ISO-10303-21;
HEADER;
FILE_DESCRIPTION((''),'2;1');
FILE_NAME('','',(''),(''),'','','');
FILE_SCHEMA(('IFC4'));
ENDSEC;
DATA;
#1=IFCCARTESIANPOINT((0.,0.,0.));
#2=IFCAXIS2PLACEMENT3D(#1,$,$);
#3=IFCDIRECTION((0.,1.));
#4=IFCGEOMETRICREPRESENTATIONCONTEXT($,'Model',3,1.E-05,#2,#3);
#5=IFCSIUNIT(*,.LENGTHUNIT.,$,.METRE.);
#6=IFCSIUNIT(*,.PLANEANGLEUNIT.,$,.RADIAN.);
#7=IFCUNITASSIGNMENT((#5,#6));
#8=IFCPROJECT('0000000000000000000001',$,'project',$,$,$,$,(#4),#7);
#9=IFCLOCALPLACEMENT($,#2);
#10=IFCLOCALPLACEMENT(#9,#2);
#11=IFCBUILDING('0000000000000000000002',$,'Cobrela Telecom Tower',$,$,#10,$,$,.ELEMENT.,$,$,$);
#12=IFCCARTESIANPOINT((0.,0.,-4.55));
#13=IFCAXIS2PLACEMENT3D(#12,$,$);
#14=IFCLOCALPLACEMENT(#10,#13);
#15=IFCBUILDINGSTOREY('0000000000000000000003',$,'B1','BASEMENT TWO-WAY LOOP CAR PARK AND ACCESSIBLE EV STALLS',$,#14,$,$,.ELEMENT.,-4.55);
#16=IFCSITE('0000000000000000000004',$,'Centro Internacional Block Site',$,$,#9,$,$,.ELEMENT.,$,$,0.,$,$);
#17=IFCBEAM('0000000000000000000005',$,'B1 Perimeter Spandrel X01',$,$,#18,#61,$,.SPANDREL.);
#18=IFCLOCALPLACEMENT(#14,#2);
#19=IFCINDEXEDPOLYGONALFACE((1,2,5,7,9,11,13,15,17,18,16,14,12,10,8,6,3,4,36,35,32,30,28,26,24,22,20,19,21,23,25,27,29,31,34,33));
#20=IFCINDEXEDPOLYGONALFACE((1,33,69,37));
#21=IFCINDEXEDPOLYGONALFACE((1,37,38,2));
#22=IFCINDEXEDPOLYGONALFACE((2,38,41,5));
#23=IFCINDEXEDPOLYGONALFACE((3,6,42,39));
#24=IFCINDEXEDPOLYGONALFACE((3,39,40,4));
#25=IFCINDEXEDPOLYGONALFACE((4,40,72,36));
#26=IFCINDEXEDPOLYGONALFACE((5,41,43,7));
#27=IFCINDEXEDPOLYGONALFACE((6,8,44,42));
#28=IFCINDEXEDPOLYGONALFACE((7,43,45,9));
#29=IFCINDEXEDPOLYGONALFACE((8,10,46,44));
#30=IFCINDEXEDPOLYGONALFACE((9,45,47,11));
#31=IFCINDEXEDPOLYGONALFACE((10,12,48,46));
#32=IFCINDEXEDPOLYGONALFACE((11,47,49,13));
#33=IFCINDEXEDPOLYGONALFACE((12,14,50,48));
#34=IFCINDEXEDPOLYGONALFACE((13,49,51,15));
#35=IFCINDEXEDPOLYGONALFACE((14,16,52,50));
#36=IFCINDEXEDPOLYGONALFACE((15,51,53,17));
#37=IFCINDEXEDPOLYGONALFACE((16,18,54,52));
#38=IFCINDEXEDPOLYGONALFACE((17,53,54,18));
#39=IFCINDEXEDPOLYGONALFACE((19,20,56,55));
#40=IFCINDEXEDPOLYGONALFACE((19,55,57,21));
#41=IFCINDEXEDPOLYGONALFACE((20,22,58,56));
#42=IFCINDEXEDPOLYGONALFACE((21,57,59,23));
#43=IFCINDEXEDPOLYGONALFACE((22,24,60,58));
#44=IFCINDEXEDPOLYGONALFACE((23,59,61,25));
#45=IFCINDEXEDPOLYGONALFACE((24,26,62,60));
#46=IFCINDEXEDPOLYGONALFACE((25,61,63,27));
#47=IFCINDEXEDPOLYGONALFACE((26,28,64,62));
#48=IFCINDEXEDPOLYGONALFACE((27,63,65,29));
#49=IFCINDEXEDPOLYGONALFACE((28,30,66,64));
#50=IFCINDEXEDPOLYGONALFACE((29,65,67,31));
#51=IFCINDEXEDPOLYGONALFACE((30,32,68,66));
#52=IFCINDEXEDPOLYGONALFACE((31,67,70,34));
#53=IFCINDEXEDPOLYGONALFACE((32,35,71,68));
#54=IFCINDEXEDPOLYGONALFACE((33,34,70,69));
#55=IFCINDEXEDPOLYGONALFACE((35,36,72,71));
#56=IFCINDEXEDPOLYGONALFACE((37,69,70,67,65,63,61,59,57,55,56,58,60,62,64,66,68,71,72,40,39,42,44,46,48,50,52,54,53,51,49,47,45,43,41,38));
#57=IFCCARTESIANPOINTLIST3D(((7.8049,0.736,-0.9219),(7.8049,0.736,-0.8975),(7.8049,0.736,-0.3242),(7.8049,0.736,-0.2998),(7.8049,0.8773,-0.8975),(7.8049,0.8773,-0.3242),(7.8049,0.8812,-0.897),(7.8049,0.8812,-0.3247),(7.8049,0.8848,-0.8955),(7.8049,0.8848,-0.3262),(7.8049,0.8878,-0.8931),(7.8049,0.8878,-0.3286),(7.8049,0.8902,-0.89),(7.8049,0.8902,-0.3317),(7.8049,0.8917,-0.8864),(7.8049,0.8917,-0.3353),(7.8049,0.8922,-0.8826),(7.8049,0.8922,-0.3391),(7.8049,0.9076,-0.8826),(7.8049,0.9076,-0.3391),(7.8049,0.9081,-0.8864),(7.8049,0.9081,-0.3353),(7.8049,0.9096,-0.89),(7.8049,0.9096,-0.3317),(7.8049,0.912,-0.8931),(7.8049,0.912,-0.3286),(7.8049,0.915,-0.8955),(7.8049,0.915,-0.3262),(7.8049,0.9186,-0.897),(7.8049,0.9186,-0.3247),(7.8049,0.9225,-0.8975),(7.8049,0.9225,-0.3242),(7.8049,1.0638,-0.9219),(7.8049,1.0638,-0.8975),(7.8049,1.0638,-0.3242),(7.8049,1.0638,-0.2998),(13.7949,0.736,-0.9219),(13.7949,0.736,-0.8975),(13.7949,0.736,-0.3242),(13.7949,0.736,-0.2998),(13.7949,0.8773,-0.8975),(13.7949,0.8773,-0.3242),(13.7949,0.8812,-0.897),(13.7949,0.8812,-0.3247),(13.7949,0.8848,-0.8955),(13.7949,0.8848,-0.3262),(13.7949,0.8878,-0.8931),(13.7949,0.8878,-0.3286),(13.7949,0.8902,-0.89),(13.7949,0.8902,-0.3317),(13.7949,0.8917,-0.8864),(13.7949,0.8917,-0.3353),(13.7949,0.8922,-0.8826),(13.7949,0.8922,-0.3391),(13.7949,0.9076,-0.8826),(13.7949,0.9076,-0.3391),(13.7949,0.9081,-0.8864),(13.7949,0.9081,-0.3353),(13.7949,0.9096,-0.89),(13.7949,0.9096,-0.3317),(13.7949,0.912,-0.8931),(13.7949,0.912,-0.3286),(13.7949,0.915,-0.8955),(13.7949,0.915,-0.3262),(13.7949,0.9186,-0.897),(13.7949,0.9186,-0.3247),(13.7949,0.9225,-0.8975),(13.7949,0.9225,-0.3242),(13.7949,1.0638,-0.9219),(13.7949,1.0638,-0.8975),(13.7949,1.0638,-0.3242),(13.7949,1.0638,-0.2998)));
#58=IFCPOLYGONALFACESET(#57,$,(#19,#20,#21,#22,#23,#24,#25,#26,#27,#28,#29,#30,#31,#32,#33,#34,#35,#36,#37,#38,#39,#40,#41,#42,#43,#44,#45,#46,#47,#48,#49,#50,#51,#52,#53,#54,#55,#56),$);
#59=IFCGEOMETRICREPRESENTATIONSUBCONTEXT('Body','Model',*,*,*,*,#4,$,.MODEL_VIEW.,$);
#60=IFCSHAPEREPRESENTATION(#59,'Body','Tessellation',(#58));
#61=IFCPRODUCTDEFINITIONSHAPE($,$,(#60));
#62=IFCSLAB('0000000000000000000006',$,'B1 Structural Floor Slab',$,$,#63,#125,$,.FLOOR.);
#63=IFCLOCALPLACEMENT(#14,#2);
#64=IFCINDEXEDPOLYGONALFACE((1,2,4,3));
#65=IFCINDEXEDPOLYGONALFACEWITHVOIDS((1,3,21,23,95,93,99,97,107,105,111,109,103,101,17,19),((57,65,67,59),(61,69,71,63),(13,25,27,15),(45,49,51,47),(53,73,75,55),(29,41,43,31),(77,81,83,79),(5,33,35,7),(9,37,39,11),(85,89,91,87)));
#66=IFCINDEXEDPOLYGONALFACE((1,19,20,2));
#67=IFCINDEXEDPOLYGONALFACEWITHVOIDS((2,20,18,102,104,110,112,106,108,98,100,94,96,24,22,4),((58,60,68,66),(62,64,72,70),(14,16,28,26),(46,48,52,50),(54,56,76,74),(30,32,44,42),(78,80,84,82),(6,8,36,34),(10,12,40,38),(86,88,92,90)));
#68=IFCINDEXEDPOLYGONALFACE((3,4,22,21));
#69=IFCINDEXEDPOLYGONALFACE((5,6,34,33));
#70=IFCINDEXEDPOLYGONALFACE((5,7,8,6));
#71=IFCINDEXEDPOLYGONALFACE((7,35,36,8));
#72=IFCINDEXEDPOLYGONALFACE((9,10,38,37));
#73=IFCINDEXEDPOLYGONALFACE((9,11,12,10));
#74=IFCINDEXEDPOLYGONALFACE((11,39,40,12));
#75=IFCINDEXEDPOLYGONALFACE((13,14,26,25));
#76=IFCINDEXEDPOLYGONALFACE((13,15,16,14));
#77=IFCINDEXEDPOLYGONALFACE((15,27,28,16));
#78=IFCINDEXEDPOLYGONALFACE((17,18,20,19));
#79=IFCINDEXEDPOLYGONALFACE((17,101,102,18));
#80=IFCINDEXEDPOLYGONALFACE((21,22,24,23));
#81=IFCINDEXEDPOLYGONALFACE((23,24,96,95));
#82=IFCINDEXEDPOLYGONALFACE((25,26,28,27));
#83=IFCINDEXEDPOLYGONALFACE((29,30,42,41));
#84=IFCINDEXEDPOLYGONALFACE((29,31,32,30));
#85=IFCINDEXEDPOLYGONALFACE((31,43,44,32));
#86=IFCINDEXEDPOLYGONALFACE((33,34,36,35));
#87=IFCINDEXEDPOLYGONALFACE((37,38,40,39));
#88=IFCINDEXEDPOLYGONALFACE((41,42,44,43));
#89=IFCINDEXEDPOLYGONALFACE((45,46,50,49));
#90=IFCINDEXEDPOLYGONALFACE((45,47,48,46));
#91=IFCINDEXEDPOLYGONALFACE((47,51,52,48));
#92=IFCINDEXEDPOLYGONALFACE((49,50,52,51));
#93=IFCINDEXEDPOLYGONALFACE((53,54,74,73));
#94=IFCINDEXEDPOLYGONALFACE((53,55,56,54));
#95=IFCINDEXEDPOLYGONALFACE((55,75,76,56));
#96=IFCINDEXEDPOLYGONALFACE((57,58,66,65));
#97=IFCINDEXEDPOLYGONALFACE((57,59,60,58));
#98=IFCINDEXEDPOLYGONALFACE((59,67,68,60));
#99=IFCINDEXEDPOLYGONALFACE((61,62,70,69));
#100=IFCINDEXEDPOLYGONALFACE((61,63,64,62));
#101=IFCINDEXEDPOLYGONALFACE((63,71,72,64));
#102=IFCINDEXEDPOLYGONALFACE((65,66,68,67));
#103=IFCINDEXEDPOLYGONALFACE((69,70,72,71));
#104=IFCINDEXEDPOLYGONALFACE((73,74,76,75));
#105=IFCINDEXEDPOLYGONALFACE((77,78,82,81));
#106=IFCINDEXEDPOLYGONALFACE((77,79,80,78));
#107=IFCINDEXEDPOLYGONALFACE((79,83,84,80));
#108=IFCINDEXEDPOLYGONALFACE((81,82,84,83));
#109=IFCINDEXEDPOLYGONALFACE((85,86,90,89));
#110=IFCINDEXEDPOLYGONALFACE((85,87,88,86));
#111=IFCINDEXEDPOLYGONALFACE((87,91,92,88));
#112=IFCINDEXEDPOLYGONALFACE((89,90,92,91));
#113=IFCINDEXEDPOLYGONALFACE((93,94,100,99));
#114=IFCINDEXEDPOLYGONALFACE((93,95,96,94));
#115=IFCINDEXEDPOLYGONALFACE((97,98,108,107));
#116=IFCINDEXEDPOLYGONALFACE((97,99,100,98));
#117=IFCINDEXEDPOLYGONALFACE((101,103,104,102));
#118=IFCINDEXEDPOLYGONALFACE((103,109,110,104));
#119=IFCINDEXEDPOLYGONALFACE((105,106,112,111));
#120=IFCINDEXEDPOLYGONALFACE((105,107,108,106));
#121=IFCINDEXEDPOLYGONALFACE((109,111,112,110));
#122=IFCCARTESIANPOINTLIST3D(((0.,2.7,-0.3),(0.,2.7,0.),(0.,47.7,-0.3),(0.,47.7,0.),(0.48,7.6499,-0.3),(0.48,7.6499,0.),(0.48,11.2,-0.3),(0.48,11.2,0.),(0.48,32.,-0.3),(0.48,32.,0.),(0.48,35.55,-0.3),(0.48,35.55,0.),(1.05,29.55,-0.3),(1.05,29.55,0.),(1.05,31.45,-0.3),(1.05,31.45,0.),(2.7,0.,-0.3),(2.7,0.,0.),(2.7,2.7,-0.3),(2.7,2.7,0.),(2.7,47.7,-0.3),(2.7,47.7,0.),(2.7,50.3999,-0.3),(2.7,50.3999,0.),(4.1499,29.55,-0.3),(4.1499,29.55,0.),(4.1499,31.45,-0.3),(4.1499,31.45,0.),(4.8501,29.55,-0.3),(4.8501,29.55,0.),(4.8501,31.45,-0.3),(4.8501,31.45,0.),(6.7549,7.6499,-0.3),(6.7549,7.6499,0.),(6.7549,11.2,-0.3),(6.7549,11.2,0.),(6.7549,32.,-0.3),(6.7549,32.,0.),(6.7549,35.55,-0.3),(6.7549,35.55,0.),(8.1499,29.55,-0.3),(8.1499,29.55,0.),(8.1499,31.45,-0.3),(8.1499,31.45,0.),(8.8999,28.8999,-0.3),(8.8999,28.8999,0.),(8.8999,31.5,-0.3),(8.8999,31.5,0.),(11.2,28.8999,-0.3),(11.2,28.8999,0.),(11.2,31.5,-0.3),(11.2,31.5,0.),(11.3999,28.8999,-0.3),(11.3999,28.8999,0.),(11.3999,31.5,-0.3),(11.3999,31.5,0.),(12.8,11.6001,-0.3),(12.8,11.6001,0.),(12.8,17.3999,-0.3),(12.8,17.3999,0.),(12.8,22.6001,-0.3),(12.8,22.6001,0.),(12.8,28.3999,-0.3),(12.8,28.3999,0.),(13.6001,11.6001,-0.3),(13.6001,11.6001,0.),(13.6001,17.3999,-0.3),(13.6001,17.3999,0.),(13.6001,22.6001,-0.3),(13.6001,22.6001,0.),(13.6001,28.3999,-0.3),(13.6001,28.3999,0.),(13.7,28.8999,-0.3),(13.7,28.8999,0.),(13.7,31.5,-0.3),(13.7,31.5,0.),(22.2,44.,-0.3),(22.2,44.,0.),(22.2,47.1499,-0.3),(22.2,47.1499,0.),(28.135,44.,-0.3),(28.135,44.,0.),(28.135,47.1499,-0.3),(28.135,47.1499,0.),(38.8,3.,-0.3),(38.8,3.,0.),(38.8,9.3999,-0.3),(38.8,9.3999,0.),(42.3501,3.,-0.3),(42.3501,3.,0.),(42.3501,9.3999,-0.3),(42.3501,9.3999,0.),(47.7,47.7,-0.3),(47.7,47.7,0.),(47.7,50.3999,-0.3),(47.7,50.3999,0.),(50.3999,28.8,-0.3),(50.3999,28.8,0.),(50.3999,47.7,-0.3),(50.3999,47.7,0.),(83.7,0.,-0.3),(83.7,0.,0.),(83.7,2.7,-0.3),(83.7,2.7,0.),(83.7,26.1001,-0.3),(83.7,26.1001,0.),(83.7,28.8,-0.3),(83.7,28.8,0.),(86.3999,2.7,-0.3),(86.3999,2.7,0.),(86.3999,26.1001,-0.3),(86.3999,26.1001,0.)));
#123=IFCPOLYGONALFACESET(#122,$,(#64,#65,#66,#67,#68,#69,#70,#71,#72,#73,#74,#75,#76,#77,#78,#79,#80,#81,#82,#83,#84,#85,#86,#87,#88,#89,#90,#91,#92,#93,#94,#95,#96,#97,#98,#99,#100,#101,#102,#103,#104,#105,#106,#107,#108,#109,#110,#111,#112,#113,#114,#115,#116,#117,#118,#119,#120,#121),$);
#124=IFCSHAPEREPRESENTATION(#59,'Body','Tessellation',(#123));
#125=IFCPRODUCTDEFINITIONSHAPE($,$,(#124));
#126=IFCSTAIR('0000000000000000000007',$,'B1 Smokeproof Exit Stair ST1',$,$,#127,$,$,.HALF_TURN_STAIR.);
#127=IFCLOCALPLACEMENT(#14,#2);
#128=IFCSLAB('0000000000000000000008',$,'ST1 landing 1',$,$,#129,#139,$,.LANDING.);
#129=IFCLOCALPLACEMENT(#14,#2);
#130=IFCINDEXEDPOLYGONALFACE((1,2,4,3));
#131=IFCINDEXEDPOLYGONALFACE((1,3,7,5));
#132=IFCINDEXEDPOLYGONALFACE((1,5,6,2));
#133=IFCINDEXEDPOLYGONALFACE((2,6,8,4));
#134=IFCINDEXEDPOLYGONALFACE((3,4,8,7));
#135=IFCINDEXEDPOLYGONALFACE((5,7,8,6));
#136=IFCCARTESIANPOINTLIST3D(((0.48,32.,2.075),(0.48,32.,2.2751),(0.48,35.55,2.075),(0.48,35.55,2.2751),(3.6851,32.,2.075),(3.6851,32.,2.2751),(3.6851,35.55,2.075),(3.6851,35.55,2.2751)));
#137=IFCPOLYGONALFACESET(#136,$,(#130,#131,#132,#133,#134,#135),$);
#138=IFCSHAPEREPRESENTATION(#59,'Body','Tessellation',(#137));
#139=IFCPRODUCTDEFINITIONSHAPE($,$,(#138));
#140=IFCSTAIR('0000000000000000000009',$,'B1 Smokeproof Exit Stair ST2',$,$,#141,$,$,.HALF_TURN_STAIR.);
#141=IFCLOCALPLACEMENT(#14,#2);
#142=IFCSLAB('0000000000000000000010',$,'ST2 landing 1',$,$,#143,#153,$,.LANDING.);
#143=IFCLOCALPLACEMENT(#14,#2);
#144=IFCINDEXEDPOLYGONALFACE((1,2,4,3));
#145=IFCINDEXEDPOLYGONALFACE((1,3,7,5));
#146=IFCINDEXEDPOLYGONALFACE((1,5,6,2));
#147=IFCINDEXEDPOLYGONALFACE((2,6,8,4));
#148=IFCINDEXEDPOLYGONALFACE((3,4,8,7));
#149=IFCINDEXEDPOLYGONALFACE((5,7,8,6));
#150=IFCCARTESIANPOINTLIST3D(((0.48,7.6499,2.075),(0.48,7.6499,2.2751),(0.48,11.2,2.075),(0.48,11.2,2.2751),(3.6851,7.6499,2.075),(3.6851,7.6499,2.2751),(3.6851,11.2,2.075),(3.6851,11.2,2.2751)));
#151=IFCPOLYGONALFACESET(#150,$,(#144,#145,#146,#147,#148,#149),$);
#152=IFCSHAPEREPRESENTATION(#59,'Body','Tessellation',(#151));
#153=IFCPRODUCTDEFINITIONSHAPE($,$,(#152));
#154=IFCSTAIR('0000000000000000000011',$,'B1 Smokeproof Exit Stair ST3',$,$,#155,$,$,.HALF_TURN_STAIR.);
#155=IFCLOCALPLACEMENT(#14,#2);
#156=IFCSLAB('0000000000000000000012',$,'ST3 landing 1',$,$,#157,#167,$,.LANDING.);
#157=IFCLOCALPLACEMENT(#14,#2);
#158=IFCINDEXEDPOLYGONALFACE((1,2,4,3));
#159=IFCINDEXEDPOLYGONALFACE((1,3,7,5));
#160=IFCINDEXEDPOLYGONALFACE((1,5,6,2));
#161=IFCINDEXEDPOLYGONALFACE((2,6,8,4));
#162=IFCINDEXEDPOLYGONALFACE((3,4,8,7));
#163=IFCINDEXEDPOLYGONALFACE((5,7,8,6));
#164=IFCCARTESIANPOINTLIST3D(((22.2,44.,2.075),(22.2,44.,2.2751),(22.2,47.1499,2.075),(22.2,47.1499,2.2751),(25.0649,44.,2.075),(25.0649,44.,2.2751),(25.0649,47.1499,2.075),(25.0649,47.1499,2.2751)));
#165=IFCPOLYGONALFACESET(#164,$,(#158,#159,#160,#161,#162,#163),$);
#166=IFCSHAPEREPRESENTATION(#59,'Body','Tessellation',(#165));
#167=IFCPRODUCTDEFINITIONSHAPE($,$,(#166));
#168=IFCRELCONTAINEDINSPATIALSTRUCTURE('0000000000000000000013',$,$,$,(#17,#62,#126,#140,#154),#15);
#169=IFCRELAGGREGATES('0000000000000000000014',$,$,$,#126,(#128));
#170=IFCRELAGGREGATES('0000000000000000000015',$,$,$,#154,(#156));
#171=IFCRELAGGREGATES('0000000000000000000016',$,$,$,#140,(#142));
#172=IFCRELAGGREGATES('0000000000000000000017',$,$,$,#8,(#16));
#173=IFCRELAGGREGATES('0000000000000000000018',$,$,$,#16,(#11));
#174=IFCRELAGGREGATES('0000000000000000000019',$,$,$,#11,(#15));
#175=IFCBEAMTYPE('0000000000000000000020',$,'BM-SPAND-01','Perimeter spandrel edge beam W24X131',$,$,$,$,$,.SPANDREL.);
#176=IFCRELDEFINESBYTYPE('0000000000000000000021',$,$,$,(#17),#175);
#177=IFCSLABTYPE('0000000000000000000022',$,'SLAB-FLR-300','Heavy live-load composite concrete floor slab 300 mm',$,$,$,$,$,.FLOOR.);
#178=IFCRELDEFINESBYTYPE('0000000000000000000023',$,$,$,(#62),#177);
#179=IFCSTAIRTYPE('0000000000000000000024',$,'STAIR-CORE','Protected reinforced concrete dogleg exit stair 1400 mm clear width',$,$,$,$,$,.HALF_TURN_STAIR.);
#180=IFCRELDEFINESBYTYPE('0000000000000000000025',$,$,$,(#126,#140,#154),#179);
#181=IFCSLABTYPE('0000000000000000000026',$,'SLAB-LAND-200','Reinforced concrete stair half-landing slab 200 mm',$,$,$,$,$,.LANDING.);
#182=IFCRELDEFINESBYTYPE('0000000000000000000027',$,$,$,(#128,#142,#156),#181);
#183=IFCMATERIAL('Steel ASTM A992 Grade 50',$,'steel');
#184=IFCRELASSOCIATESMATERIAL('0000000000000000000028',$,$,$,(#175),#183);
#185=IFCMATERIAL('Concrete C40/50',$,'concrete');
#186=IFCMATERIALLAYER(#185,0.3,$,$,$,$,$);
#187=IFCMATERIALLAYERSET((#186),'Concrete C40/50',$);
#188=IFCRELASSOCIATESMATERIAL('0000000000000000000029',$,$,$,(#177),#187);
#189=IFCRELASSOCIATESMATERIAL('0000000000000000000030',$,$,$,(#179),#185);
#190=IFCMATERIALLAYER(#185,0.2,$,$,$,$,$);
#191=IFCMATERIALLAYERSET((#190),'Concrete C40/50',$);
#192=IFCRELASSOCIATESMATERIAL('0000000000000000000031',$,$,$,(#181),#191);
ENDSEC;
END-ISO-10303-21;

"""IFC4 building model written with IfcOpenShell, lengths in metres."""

from ifc_helpers import new_model, si_unit, direction, frame, origin, origin_2d, place, context, subcontext, project, spatial, polyline, i_section, outline, extrude, material, layer, layer_set, material_profile, profile_set, type_object, element, aggregate, save


model = new_model("IFC4")

# Units and contexts
model_context = context("Model", 3, precision=1e-05, world=origin(), true_north=direction((0.0, 1.0)))
body_context = subcontext(model_context, "Body", "Model", "MODEL_VIEW")
ifc_project = project(units=[si_unit("LENGTHUNIT", "METRE"), si_unit("PLANEANGLEUNIT", "RADIAN")], contexts=[model_context])

# Site, building, storey
site_placement = place(None, origin())
site = spatial("IfcSite", under=ifc_project, at=site_placement, Name="Centro Internacional Block Site", CompositionType="ELEMENT", RefElevation=0.0)
building_placement = place(site_placement, origin())
building = spatial("IfcBuilding", under=site, at=building_placement, Name="Cobrela Telecom Tower", CompositionType="ELEMENT")
storey_placement = place(building_placement, frame((0.0, 0.0, -4.55)))
storey = spatial("IfcBuildingStorey", under=building, at=storey_placement, Name="B1", Description="BASEMENT TWO-WAY LOOP CAR PARK AND ACCESSIBLE EV STALLS", CompositionType="ELEMENT", Elevation=-4.55)

# Beam
ifc_material_1 = material(Name="Steel ASTM A992 Grade 50", Category="steel")
ifc_material_profile_1 = material_profile(ifc_material_1, i_section(OverallWidth=0.3279, OverallDepth=0.6221, WebThickness=0.0154, FlangeThickness=0.0244, FilletRadius=0.0149, at=origin_2d()), Name="W24X131")
ifc_profile_set_1 = profile_set([ifc_material_profile_1], Name="Steel ASTM A992 Grade 50")
beam_type_1 = type_object("IfcBeamType", Name="BM-SPAND-01", Description="Perimeter spandrel edge beam W24X131", PredefinedType="SPANDREL", material=ifc_profile_set_1)
beam_1_placement = place(storey_placement, frame((7.8049, 0.8999, -0.6108), z_axis=(1.0, 0.0, 0.0), x_axis=(0.0, 1.0, 0.0)))
element("IfcBeam", 1, at=beam_1_placement, inside=storey, type_object=beam_type_1, Name="B1 Perimeter Spandrel X01", PredefinedType="SPANDREL", context=body_context, shape_type="SweptSolid", body=[
    extrude(i_section(OverallWidth=0.3279, OverallDepth=0.6221, WebThickness=0.0154, FlangeThickness=0.0244, FilletRadius=0.0149, at=origin_2d()), origin(), (0.0, 0.0, 1.0), 5.99),
])

# Slab, openings
ifc_material_2 = material(Name="Concrete C40/50", Category="concrete")
ifc_layer_1 = layer(ifc_material_2, 0.3)
ifc_layer_set_1 = layer_set([ifc_layer_1], Name="Concrete C40/50")
slab_type_1 = type_object("IfcSlabType", Name="SLAB-FLR-300", Description="Heavy live-load composite concrete floor slab 300 mm", PredefinedType="FLOOR", material=ifc_layer_set_1)
slab_1_placement = place(storey_placement, frame((0.0, 0.0, -0.3)))
slab_1 = element("IfcSlab", 2, at=slab_1_placement, inside=storey, type_object=slab_type_1, Name="B1 Structural Floor Slab", PredefinedType="FLOOR", context=body_context, shape_type="SweptSolid", body=[
    extrude(outline(polyline([(2.7, 0.0), (83.7, 0.0), (83.7, 2.7), (86.3999, 2.7), (86.3999, 26.1001), (83.7, 26.1001), (83.7, 28.8), (50.3999, 28.8), (50.3999, 47.7), (47.7, 47.7), (47.7, 50.3999), (2.7, 50.3999), (2.7, 47.7), (0.0, 47.7), (0.0, 2.7), (2.7, 2.7), (2.7, 0.0)])), origin(), (0.0, 0.0, 1.0), 0.3),
])
opening_1_placement = place(slab_1_placement, frame((0.0, 0.0, -0.02)))
element("IfcOpeningElement", 3, at=opening_1_placement, cuts=slab_1, PredefinedType="OPENING", context=body_context, shape_type="SweptSolid", body=[
    extrude(outline(polyline([(8.8999, 28.8999), (11.2, 28.8999), (11.2, 31.5), (8.8999, 31.5), (8.8999, 28.8999)])), origin(), (0.0, 0.0, 1.0), 0.3401),
])
opening_2_placement = place(slab_1_placement, frame((0.0, 0.0, -0.02)))
element("IfcOpeningElement", 4, at=opening_2_placement, cuts=slab_1, PredefinedType="OPENING", context=body_context, shape_type="SweptSolid", body=[
    extrude(outline(polyline([(11.3999, 28.8999), (13.7, 28.8999), (13.7, 31.5), (11.3999, 31.5), (11.3999, 28.8999)])), origin(), (0.0, 0.0, 1.0), 0.3401),
])
opening_3_placement = place(slab_1_placement, frame((0.0, 0.0, -0.02)))
element("IfcOpeningElement", 5, at=opening_3_placement, cuts=slab_1, PredefinedType="OPENING", context=body_context, shape_type="SweptSolid", body=[
    extrude(outline(polyline([(1.05, 29.55), (4.1499, 29.55), (4.1499, 31.45), (1.05, 31.45), (1.05, 29.55)])), origin(), (0.0, 0.0, 1.0), 0.3401),
])
opening_4_placement = place(slab_1_placement, frame((0.0, 0.0, -0.02)))
element("IfcOpeningElement", 6, at=opening_4_placement, cuts=slab_1, PredefinedType="OPENING", context=body_context, shape_type="SweptSolid", body=[
    extrude(outline(polyline([(4.8501, 29.55), (8.1499, 29.55), (8.1499, 31.45), (4.8501, 31.45), (4.8501, 29.55)])), origin(), (0.0, 0.0, 1.0), 0.3401),
])
opening_5_placement = place(slab_1_placement, frame((0.0, 0.0, -0.02)))
element("IfcOpeningElement", 7, at=opening_5_placement, cuts=slab_1, PredefinedType="OPENING", context=body_context, shape_type="SweptSolid", body=[
    extrude(outline(polyline([(12.8, 22.6001), (13.6001, 22.6001), (13.6001, 28.3999), (12.8, 28.3999), (12.8, 22.6001)])), origin(), (0.0, 0.0, 1.0), 0.3401),
])
opening_6_placement = place(slab_1_placement, frame((0.0, 0.0, -0.02)))
element("IfcOpeningElement", 8, at=opening_6_placement, cuts=slab_1, PredefinedType="OPENING", context=body_context, shape_type="SweptSolid", body=[
    extrude(outline(polyline([(12.8, 11.6001), (13.6001, 11.6001), (13.6001, 17.3999), (12.8, 17.3999), (12.8, 11.6001)])), origin(), (0.0, 0.0, 1.0), 0.3401),
])
opening_7_placement = place(slab_1_placement, frame((0.0, 0.0, -0.02)))
element("IfcOpeningElement", 9, at=opening_7_placement, cuts=slab_1, PredefinedType="OPENING", context=body_context, shape_type="SweptSolid", body=[
    extrude(outline(polyline([(38.8, 3.0), (42.3501, 3.0), (42.3501, 9.3999), (38.8, 9.3999), (38.8, 3.0)])), origin(), (0.0, 0.0, 1.0), 0.3401),
])
opening_8_placement = place(slab_1_placement, frame((0.0, 0.0, -0.02)))
element("IfcOpeningElement", 10, at=opening_8_placement, cuts=slab_1, PredefinedType="OPENING", context=body_context, shape_type="SweptSolid", body=[
    extrude(outline(polyline([(6.7549, 35.55), (0.48, 35.55), (0.48, 32.0), (6.7549, 32.0), (6.7549, 35.55)])), origin(), (0.0, 0.0, 1.0), 0.3401),
])
opening_9_placement = place(slab_1_placement, frame((0.0, 0.0, -0.02)))
element("IfcOpeningElement", 11, at=opening_9_placement, cuts=slab_1, PredefinedType="OPENING", context=body_context, shape_type="SweptSolid", body=[
    extrude(outline(polyline([(6.7549, 11.2), (0.48, 11.2), (0.48, 7.6499), (6.7549, 7.6499), (6.7549, 11.2)])), origin(), (0.0, 0.0, 1.0), 0.3401),
])
opening_10_placement = place(slab_1_placement, frame((0.0, 0.0, -0.02)))
element("IfcOpeningElement", 12, at=opening_10_placement, cuts=slab_1, PredefinedType="OPENING", context=body_context, shape_type="SweptSolid", body=[
    extrude(outline(polyline([(28.135, 47.1499), (22.2, 47.1499), (22.2, 44.0), (28.135, 44.0), (28.135, 47.1499)])), origin(), (0.0, 0.0, 1.0), 0.3401),
])

# Stairs, slabs
stair_type = type_object("IfcStairType", Name="STAIR-CORE", Description="Protected reinforced concrete dogleg exit stair 1400 mm clear width", PredefinedType="HALF_TURN_STAIR", material=ifc_material_2)
stair_1_placement = place(storey_placement, origin())
stair_1 = element("IfcStair", 13, at=stair_1_placement, inside=storey, type_object=stair_type, Name="B1 Smokeproof Exit Stair ST1", PredefinedType="HALF_TURN_STAIR")
ifc_layer_2 = layer(ifc_material_2, 0.2)
ifc_layer_set_2 = layer_set([ifc_layer_2], Name="Concrete C40/50")
slab_type_2 = type_object("IfcSlabType", Name="SLAB-LAND-200", Description="Reinforced concrete stair half-landing slab 200 mm", PredefinedType="LANDING", material=ifc_layer_set_2)
slab_2_placement = place(storey_placement, frame((0.0, 0.0, 2.075)))
slab_2 = element("IfcSlab", 14, at=slab_2_placement, type_object=slab_type_2, Name="ST1 landing 1", PredefinedType="LANDING", context=body_context, shape_type="SweptSolid", body=[
    extrude(outline(polyline([(3.6851, 35.55), (0.48, 35.55), (0.48, 32.0), (3.6851, 32.0), (3.6851, 35.55)])), origin(), (0.0, 0.0, 1.0), 0.2002),
])
aggregate(stair_1, [slab_2])
stair_2_placement = place(storey_placement, origin())
stair_2 = element("IfcStair", 15, at=stair_2_placement, inside=storey, type_object=stair_type, Name="B1 Smokeproof Exit Stair ST2", PredefinedType="HALF_TURN_STAIR")
slab_3_placement = place(storey_placement, frame((0.0, 0.0, 2.075)))
slab_3 = element("IfcSlab", 16, at=slab_3_placement, type_object=slab_type_2, Name="ST2 landing 1", PredefinedType="LANDING", context=body_context, shape_type="SweptSolid", body=[
    extrude(outline(polyline([(3.6851, 11.2), (0.48, 11.2), (0.48, 7.6499), (3.6851, 7.6499), (3.6851, 11.2)])), origin(), (0.0, 0.0, 1.0), 0.2002),
])
stair_3_placement = place(storey_placement, origin())
stair_3 = element("IfcStair", 17, at=stair_3_placement, inside=storey, type_object=stair_type, Name="B1 Smokeproof Exit Stair ST3", PredefinedType="HALF_TURN_STAIR")
slab_4_placement = place(storey_placement, frame((0.0, 0.0, 2.075)))
slab_4 = element("IfcSlab", 18, at=slab_4_placement, type_object=slab_type_2, Name="ST3 landing 1", PredefinedType="LANDING", context=body_context, shape_type="SweptSolid", body=[
    extrude(outline(polyline([(25.0649, 47.1499), (22.2, 47.1499), (22.2, 44.0), (25.0649, 44.0), (25.0649, 47.1499)])), origin(), (0.0, 0.0, 1.0), 0.2002),
])
aggregate(stair_3, [slab_4])

aggregate(stair_2, [slab_3])

save(model, "model.ifc")
